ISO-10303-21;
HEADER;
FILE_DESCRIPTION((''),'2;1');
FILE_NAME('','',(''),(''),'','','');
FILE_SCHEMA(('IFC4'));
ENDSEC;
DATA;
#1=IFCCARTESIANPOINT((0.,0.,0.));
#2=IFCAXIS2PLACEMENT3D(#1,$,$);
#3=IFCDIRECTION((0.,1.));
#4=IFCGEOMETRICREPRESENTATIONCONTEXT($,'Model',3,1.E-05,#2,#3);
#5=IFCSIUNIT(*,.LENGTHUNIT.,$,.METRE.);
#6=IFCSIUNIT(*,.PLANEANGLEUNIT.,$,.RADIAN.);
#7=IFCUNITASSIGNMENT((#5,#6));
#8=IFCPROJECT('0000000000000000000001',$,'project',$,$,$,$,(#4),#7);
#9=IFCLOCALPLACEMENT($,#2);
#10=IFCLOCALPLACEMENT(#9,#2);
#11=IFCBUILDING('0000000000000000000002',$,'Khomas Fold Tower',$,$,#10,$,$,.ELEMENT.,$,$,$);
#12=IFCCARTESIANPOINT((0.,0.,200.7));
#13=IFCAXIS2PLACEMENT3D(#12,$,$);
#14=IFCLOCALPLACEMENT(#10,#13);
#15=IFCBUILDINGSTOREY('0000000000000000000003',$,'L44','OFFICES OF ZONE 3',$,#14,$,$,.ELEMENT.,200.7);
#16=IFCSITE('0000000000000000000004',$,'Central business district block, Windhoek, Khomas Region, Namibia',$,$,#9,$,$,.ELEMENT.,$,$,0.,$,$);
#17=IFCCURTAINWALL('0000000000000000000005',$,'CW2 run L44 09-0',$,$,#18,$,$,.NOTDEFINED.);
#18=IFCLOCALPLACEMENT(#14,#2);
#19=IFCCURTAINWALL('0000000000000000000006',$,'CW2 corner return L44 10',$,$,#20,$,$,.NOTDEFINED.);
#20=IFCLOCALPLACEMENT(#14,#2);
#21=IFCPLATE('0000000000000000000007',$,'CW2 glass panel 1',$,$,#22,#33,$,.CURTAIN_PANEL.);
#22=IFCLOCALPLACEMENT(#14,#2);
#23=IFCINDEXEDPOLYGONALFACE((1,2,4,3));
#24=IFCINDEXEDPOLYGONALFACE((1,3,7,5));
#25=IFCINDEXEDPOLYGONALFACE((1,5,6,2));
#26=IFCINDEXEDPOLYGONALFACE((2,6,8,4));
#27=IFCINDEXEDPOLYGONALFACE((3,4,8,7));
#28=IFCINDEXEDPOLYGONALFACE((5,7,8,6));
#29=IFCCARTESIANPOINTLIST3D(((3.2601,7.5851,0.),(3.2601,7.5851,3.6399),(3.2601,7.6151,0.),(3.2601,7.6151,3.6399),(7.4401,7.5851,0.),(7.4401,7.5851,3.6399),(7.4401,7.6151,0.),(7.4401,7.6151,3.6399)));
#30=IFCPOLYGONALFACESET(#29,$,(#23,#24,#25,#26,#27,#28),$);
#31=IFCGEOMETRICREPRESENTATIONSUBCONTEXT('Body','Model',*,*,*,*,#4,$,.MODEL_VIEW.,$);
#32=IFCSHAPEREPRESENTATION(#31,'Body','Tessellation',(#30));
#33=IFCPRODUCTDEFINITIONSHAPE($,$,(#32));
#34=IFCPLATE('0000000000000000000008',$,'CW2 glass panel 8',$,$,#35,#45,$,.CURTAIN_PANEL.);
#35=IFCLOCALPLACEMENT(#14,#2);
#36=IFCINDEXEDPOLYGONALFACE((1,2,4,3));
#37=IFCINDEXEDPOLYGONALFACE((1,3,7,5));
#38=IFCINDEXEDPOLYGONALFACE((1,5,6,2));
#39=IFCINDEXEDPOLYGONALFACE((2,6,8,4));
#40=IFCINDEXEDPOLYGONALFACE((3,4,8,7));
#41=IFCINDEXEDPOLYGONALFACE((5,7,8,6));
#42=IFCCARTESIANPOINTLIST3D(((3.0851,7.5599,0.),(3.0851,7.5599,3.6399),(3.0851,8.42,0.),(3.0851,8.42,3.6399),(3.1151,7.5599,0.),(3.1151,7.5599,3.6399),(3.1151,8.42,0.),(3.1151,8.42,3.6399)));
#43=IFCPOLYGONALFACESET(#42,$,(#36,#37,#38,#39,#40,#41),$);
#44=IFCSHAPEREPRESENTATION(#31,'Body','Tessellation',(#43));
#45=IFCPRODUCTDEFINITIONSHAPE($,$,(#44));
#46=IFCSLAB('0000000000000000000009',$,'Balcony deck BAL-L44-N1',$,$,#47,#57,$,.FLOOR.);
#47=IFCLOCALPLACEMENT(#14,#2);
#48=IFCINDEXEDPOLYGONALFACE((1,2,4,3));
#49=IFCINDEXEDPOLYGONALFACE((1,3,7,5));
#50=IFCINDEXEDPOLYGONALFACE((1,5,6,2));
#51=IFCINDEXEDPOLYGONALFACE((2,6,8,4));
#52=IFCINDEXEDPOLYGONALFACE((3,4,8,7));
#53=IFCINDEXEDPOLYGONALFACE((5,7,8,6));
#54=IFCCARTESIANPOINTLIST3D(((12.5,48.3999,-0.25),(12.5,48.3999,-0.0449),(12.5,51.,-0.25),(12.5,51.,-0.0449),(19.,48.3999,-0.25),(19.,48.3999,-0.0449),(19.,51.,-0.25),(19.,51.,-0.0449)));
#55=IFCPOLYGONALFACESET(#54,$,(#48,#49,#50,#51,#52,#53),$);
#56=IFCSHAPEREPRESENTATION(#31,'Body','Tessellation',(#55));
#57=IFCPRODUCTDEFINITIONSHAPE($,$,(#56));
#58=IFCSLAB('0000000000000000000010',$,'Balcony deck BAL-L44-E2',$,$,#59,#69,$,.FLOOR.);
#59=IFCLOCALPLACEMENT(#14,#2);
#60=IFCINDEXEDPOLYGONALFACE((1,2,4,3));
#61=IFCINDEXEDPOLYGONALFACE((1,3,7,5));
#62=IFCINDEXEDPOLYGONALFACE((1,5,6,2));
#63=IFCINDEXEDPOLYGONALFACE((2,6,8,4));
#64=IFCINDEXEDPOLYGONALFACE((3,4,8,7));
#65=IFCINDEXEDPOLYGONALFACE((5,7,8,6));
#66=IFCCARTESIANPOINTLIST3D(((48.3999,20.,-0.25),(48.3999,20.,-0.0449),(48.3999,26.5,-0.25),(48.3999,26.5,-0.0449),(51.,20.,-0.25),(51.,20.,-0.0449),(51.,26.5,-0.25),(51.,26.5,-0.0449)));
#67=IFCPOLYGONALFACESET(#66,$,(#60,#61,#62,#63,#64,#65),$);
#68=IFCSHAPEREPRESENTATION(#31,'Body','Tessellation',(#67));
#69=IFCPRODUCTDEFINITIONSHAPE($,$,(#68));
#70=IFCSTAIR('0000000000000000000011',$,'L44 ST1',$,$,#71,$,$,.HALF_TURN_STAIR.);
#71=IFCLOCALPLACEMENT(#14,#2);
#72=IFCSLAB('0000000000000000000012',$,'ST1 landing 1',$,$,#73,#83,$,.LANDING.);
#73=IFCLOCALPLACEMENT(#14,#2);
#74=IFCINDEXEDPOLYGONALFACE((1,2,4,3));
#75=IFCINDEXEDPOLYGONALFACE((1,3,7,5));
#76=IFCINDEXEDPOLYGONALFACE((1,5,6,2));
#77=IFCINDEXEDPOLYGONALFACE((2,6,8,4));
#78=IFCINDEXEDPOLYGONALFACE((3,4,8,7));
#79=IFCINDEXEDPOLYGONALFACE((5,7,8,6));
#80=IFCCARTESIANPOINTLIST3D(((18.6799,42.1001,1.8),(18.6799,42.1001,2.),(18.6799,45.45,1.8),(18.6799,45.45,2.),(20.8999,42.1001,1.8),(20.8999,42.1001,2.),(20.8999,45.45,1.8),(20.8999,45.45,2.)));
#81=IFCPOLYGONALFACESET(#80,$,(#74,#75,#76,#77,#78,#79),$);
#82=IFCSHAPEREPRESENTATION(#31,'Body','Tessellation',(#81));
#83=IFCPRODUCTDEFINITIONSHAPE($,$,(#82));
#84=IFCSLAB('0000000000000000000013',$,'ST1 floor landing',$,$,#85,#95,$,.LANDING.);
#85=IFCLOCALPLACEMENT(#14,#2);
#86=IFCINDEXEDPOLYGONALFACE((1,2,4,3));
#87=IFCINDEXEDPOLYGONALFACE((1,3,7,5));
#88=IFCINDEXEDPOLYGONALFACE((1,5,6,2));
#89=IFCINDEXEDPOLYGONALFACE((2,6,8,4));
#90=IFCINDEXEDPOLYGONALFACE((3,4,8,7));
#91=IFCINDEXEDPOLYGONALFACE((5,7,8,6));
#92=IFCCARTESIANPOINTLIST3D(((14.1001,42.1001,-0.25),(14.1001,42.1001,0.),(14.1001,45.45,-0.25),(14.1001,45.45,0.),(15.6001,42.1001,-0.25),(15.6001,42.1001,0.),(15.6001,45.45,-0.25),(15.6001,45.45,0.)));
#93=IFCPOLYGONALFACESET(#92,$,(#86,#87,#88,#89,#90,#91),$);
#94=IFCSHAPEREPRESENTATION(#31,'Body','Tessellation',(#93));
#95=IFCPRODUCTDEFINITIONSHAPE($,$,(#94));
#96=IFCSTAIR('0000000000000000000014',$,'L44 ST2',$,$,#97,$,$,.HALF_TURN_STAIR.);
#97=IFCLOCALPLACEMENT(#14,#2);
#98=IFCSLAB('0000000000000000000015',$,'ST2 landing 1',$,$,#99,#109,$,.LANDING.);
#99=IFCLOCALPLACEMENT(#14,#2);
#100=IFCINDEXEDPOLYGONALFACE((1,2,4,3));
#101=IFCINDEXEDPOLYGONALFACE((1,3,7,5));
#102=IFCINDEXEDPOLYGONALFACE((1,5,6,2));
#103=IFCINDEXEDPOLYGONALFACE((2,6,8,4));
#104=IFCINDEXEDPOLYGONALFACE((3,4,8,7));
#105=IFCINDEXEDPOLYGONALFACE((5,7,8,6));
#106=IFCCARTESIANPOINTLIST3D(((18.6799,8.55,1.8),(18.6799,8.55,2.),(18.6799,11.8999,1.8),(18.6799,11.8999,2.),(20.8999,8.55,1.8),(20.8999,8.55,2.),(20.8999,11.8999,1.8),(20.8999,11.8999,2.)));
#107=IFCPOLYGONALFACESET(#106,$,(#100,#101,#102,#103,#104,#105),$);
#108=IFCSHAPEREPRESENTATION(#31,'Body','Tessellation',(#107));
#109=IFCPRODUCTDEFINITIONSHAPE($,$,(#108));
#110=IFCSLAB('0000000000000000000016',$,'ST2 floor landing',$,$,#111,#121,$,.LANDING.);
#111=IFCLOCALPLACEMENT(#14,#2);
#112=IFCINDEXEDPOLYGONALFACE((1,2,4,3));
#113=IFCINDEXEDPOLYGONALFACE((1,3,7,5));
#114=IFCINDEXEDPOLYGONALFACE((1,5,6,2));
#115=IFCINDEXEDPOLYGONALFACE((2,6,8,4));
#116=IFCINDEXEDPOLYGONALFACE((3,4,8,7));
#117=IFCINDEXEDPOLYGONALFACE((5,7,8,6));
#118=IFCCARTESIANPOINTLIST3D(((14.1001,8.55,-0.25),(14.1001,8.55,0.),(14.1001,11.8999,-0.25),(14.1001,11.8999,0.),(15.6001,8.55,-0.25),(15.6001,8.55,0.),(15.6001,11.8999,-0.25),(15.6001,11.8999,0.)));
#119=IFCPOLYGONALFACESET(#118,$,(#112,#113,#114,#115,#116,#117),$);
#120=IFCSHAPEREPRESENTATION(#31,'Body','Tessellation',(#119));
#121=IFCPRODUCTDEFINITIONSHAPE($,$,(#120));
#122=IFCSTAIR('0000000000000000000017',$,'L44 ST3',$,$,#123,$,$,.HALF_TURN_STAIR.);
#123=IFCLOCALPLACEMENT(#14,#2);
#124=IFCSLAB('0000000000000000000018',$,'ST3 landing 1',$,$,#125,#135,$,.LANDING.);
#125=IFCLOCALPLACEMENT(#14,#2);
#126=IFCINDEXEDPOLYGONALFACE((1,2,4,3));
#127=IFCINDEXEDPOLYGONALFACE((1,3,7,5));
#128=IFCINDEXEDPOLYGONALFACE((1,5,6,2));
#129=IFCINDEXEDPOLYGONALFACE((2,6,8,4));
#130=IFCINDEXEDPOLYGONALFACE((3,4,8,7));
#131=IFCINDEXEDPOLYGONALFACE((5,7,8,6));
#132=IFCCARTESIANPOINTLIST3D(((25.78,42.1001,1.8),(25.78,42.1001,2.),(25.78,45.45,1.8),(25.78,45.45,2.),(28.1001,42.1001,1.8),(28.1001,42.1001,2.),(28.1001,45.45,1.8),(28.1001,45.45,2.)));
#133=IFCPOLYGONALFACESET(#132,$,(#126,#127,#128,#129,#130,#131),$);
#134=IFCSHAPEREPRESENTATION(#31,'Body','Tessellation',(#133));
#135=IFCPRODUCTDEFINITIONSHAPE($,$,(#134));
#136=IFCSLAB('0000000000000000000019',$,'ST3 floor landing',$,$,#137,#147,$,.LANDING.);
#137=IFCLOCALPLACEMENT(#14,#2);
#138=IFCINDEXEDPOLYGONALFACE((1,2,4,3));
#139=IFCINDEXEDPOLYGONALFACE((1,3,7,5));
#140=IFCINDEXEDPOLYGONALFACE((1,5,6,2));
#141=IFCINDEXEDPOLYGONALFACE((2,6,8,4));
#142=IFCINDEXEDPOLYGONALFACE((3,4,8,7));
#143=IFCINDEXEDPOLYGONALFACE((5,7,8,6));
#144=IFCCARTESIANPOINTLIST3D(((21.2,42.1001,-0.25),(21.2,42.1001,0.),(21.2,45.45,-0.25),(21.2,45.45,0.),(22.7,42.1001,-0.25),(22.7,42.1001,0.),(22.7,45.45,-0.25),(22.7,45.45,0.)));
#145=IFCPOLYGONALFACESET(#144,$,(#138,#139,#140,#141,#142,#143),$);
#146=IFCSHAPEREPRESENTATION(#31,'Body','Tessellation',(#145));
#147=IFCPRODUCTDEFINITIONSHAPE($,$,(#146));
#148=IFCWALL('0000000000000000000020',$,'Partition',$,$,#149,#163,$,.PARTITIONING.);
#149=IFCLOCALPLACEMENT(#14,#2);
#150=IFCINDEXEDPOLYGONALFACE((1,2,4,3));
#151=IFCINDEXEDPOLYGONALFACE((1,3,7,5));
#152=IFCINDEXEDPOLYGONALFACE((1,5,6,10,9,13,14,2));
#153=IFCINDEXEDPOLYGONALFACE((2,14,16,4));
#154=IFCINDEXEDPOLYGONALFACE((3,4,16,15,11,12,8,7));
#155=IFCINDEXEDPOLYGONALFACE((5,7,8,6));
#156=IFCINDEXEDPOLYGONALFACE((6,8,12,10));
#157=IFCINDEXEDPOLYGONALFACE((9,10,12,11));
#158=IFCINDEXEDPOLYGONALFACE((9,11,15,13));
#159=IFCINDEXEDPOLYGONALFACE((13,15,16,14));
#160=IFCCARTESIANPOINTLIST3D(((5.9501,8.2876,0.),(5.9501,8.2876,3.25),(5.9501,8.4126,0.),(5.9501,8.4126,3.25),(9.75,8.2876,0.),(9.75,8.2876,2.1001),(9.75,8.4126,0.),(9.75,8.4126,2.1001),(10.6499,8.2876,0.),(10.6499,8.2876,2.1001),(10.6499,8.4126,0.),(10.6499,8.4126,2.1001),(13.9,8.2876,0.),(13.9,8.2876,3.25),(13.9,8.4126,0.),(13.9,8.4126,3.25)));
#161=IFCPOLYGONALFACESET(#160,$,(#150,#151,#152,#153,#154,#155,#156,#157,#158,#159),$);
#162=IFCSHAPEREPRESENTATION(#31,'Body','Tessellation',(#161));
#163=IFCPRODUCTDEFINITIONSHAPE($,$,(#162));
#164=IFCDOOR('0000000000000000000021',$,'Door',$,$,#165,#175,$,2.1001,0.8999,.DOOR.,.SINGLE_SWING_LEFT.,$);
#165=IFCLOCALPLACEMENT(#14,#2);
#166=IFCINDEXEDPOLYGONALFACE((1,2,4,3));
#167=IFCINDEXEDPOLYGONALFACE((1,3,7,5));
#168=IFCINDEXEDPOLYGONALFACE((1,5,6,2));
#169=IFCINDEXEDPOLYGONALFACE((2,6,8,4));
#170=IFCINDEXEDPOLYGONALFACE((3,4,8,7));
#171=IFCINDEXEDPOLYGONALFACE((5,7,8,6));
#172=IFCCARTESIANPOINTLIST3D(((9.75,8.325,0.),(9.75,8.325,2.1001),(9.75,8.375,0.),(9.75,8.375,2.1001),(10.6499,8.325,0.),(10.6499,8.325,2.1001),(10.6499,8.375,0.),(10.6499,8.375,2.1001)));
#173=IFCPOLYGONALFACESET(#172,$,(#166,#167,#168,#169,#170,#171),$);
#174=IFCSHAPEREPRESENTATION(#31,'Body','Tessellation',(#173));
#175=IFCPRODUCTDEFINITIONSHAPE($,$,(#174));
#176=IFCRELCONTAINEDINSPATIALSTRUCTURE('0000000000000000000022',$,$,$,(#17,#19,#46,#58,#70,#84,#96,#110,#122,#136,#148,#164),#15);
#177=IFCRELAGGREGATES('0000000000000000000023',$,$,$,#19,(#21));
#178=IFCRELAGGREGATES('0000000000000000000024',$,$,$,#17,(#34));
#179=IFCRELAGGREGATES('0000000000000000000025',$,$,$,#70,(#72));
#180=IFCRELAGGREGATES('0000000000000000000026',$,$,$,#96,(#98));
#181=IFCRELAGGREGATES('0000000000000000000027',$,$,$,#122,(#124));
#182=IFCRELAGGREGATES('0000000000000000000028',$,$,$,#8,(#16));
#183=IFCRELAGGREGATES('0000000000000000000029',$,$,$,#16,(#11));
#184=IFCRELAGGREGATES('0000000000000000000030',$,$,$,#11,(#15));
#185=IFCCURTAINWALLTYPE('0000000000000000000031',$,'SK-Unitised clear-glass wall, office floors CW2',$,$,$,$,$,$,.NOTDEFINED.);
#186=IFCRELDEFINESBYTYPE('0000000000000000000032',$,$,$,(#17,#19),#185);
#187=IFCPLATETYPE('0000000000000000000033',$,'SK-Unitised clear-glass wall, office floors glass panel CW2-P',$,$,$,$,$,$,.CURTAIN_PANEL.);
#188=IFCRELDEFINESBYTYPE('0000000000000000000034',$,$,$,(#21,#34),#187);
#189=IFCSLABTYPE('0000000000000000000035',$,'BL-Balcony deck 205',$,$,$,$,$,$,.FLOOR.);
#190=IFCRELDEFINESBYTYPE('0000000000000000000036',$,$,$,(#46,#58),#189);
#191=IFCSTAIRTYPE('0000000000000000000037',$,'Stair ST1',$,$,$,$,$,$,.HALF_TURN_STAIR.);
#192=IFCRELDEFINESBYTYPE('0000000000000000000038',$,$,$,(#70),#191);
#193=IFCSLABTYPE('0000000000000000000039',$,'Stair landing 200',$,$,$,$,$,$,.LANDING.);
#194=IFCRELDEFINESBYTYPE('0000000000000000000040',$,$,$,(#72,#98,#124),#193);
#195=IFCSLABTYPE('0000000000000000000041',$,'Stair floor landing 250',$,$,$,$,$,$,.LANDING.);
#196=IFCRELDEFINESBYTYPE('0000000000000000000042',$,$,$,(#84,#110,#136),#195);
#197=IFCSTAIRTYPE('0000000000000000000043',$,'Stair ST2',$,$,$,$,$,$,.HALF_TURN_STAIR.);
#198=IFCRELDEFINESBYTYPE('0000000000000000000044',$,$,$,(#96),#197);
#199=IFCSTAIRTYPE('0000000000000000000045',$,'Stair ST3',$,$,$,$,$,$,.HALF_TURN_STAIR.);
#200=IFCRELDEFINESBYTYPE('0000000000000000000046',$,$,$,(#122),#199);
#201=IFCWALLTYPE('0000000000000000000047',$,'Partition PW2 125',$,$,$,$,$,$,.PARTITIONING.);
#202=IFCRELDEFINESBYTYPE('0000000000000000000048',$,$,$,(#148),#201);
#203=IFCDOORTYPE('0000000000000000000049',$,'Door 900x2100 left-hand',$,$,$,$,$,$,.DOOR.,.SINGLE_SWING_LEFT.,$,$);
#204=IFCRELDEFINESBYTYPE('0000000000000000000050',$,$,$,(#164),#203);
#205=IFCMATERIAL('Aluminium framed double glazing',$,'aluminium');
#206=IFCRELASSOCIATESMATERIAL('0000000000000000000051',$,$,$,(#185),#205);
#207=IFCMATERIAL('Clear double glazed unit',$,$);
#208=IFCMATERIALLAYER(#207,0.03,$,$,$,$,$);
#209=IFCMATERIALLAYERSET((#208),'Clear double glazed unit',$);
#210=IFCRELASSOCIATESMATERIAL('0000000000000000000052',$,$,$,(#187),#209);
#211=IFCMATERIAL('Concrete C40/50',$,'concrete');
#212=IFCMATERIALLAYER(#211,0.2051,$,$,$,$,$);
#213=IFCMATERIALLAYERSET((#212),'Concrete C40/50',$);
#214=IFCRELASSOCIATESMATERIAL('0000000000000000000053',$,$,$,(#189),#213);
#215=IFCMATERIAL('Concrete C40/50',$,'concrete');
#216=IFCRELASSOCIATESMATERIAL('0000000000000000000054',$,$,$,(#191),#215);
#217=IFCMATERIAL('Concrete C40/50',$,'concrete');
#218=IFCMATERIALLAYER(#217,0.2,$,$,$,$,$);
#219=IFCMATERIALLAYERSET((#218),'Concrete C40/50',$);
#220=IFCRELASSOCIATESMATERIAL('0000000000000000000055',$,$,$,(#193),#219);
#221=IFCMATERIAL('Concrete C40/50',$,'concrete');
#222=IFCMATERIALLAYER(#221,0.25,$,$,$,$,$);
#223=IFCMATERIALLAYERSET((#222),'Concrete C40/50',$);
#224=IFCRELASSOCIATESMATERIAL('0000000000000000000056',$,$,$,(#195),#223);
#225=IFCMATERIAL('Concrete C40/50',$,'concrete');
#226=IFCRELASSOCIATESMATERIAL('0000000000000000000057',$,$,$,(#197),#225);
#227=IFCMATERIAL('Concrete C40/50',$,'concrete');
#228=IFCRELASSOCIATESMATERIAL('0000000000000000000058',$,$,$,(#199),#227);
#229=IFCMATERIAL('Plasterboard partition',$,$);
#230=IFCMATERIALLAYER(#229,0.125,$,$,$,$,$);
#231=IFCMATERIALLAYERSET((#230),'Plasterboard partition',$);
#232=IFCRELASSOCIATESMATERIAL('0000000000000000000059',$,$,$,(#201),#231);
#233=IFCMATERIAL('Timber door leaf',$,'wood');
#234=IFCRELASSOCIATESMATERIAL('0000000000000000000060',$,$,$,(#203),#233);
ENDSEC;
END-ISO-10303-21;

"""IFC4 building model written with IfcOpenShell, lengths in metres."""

from ifc_helpers import new_model, si_unit, direction, frame, frame_2d, origin, origin_2d, place, context, subcontext, project, spatial, polyline, rectangle, outline, extrude, source, transform, mapped, material, layer, layer_set, type_object, element, fill, aggregate, save


model = new_model("IFC4")

# Units and contexts
model_context = context("Model", 3, precision=1e-05, world=origin(), true_north=direction((0.0, 1.0)))
body_context = subcontext(model_context, "Body", "Model", "MODEL_VIEW")
ifc_project = project(units=[si_unit("LENGTHUNIT", "METRE"), si_unit("PLANEANGLEUNIT", "RADIAN")], contexts=[model_context])

# Site, building, storey
site_placement = place(None, origin())
site = spatial("IfcSite", under=ifc_project, at=site_placement, Name="Central business district block, Windhoek, Khomas Region, Namibia", CompositionType="ELEMENT", RefElevation=0.0)
building_placement = place(site_placement, origin())
building = spatial("IfcBuilding", under=site, at=building_placement, Name="Khomas Fold Tower", CompositionType="ELEMENT")
storey_placement = place(building_placement, frame((0.0, 0.0, 200.7)))
storey = spatial("IfcBuildingStorey", under=building, at=storey_placement, Name="L44", Description="OFFICES OF ZONE 3", CompositionType="ELEMENT", Elevation=200.7)

# Curtain walls
ifc_material_1 = material(Name="Aluminium framed double glazing", Category="aluminium")
curtain_wall_type = type_object("IfcCurtainWallType", Name="SK-Unitised clear-glass wall, office floors CW2", PredefinedType="NOTDEFINED", material=ifc_material_1)
curtain_wall_1_placement = place(storey_placement, origin())
curtain_wall_1 = element("IfcCurtainWall", 1, at=curtain_wall_1_placement, inside=storey, type_object=curtain_wall_type, Name="CW2 run L44 09-0", PredefinedType="NOTDEFINED")
curtain_wall_2_placement = place(storey_placement, origin())
curtain_wall_2 = element("IfcCurtainWall", 2, at=curtain_wall_2_placement, inside=storey, type_object=curtain_wall_type, Name="CW2 corner return L44 10", PredefinedType="NOTDEFINED")

# Plates
ifc_material_2 = material(Name="Clear double glazed unit")
ifc_layer_1 = layer(ifc_material_2, 0.03)
ifc_layer_set_1 = layer_set([ifc_layer_1], Name="Clear double glazed unit")
plate_type_1 = type_object("IfcPlateType", Name="SK-Unitised clear-glass wall, office floors glass panel CW2-P", PredefinedType="CURTAIN_PANEL", material=ifc_layer_set_1)
shared_shape_1 = source(origin(), body_context, "Body", "SweptSolid", [
    extrude(rectangle(XDim=4.1799, YDim=0.03, at=origin_2d()), origin(), (0.0, 0.0, 1.0), 3.6399),
])
plate_1_placement = place(storey_placement, frame((5.3501, 7.6001, 0.0), z_axis=(0.0, 0.0, 1.0), x_axis=(1.0, 0.0, 0.0)))
plate_1 = element("IfcPlate", 3, at=plate_1_placement, type_object=plate_type_1, Name="CW2 glass panel 1", PredefinedType="CURTAIN_PANEL", context=body_context, shape_type="MappedRepresentation", body=[
    mapped(shared_shape_1, transform((0.0, 0.0, 0.0))),
])
aggregate(curtain_wall_2, [plate_1])
shared_shape_2 = source(origin(), body_context, "Body", "SweptSolid", [
    extrude(rectangle(XDim=0.8601, YDim=0.03, at=origin_2d()), origin(), (0.0, 0.0, 1.0), 3.6399),
])
plate_2_placement = place(storey_placement, frame((3.1001, 7.99, 0.0), z_axis=(0.0, 0.0, 1.0), x_axis=(0.0, -1.0, 0.0)))
plate_2 = element("IfcPlate", 4, at=plate_2_placement, type_object=plate_type_1, Name="CW2 glass panel 8", PredefinedType="CURTAIN_PANEL", context=body_context, shape_type="MappedRepresentation", body=[
    mapped(shared_shape_2, transform((0.0, 0.0, 0.0))),
])
aggregate(curtain_wall_1, [plate_2])

# Slabs
ifc_material_3 = material(Name="Concrete C40/50", Category="concrete")
ifc_layer_2 = layer(ifc_material_3, 0.2051)
ifc_layer_set_2 = layer_set([ifc_layer_2], Name="Concrete C40/50")
slab_type_1 = type_object("IfcSlabType", Name="BL-Balcony deck 205", PredefinedType="FLOOR", material=ifc_layer_set_2)
shared_shape_3 = source(origin(), body_context, "Body", "SweptSolid", [
    extrude(outline(polyline([(12.5, 48.3999), (19.0, 48.3999), (19.0, 51.0), (12.5, 51.0), (12.5, 48.3999)])), origin(), (0.0, 0.0, 1.0), 0.2051),
])
slab_1_placement = place(storey_placement, frame((0.0, 0.0, -0.25)))
element("IfcSlab", 5, at=slab_1_placement, inside=storey, type_object=slab_type_1, Name="Balcony deck BAL-L44-N1", PredefinedType="FLOOR", context=body_context, shape_type="MappedRepresentation", body=[
    mapped(shared_shape_3, transform((0.0, 0.0, 0.0))),
])
shared_shape_4 = source(origin(), body_context, "Body", "SweptSolid", [
    extrude(outline(polyline([(48.3999, 20.0), (51.0, 20.0), (51.0, 26.5), (48.3999, 26.5), (48.3999, 20.0)])), origin(), (0.0, 0.0, 1.0), 0.2051),
])
slab_2_placement = place(storey_placement, frame((0.0, 0.0, -0.25)))
element("IfcSlab", 6, at=slab_2_placement, inside=storey, type_object=slab_type_1, Name="Balcony deck BAL-L44-E2", PredefinedType="FLOOR", context=body_context, shape_type="MappedRepresentation", body=[
    mapped(shared_shape_4, transform((0.0, 0.0, 0.0))),
])

# Stair, slab
ifc_material_4 = material(Name="Concrete C40/50", Category="concrete")
stair_type_1 = type_object("IfcStairType", Name="Stair ST1", PredefinedType="HALF_TURN_STAIR", material=ifc_material_4)
stair_1_placement = place(storey_placement, origin())
stair_1 = element("IfcStair", 7, at=stair_1_placement, inside=storey, type_object=stair_type_1, Name="L44 ST1", PredefinedType="HALF_TURN_STAIR")
ifc_material_5 = material(Name="Concrete C40/50", Category="concrete")
ifc_layer_3 = layer(ifc_material_5, 0.2)
ifc_layer_set_3 = layer_set([ifc_layer_3], Name="Concrete C40/50")
slab_type_2 = type_object("IfcSlabType", Name="Stair landing 200", PredefinedType="LANDING", material=ifc_layer_set_3)
shared_shape_5 = source(origin(), body_context, "Body", "SweptSolid", [
    extrude(outline(polyline([(18.6799, 42.1001), (20.8999, 42.1001), (20.8999, 45.45), (18.6799, 45.45), (18.6799, 42.1001)])), origin(), (0.0, 0.0, 1.0), 0.2),
])
slab_3_placement = place(storey_placement, frame((0.0, 0.0, 1.8)))
slab_3 = element("IfcSlab", 8, at=slab_3_placement, type_object=slab_type_2, Name="ST1 landing 1", PredefinedType="LANDING", context=body_context, shape_type="MappedRepresentation", body=[
    mapped(shared_shape_5, transform((0.0, 0.0, 0.0))),
])
aggregate(stair_1, [slab_3])

# Slab
ifc_material_6 = material(Name="Concrete C40/50", Category="concrete")
ifc_layer_4 = layer(ifc_material_6, 0.25)
ifc_layer_set_4 = layer_set([ifc_layer_4], Name="Concrete C40/50")
slab_type_3 = type_object("IfcSlabType", Name="Stair floor landing 250", PredefinedType="LANDING", material=ifc_layer_set_4)
shared_shape_6 = source(origin(), body_context, "Body", "SweptSolid", [
    extrude(outline(polyline([(15.6001, 42.1001), (14.1001, 42.1001), (14.1001, 45.45), (15.6001, 45.45), (15.6001, 42.1001)])), origin(), (0.0, 0.0, 1.0), 0.25),
])
slab_4_placement = place(storey_placement, frame((0.0, 0.0, -0.25)))
element("IfcSlab", 9, at=slab_4_placement, inside=storey, type_object=slab_type_3, Name="ST1 floor landing", PredefinedType="LANDING", context=body_context, shape_type="MappedRepresentation", body=[
    mapped(shared_shape_6, transform((0.0, 0.0, 0.0))),
])

# Stair, slab
ifc_material_7 = material(Name="Concrete C40/50", Category="concrete")
stair_type_2 = type_object("IfcStairType", Name="Stair ST2", PredefinedType="HALF_TURN_STAIR", material=ifc_material_7)
stair_2_placement = place(storey_placement, origin())
stair_2 = element("IfcStair", 10, at=stair_2_placement, inside=storey, type_object=stair_type_2, Name="L44 ST2", PredefinedType="HALF_TURN_STAIR")
shared_shape_7 = source(origin(), body_context, "Body", "SweptSolid", [
    extrude(outline(polyline([(18.6799, 8.55), (20.8999, 8.55), (20.8999, 11.8999), (18.6799, 11.8999), (18.6799, 8.55)])), origin(), (0.0, 0.0, 1.0), 0.2),
])
slab_5_placement = place(storey_placement, frame((0.0, 0.0, 1.8)))
slab_5 = element("IfcSlab", 11, at=slab_5_placement, type_object=slab_type_2, Name="ST2 landing 1", PredefinedType="LANDING", context=body_context, shape_type="MappedRepresentation", body=[
    mapped(shared_shape_7, transform((0.0, 0.0, 0.0))),
])
aggregate(stair_2, [slab_5])

# Slab
shared_shape_8 = source(origin(), body_context, "Body", "SweptSolid", [
    extrude(outline(polyline([(15.6001, 8.55), (14.1001, 8.55), (14.1001, 11.8999), (15.6001, 11.8999), (15.6001, 8.55)])), origin(), (0.0, 0.0, 1.0), 0.25),
])
slab_6_placement = place(storey_placement, frame((0.0, 0.0, -0.25)))
element("IfcSlab", 12, at=slab_6_placement, inside=storey, type_object=slab_type_3, Name="ST2 floor landing", PredefinedType="LANDING", context=body_context, shape_type="MappedRepresentation", body=[
    mapped(shared_shape_8, transform((0.0, 0.0, 0.0))),
])

# Stair, slab
ifc_material_8 = material(Name="Concrete C40/50", Category="concrete")
stair_type_3 = type_object("IfcStairType", Name="Stair ST3", PredefinedType="HALF_TURN_STAIR", material=ifc_material_8)
stair_3_placement = place(storey_placement, origin())
stair_3 = element("IfcStair", 13, at=stair_3_placement, inside=storey, type_object=stair_type_3, Name="L44 ST3", PredefinedType="HALF_TURN_STAIR")
shared_shape_9 = source(origin(), body_context, "Body", "SweptSolid", [
    extrude(outline(polyline([(25.78, 42.1001), (28.1001, 42.1001), (28.1001, 45.45), (25.78, 45.45), (25.78, 42.1001)])), origin(), (0.0, 0.0, 1.0), 0.2),
])
slab_7_placement = place(storey_placement, frame((0.0, 0.0, 1.8)))
slab_7 = element("IfcSlab", 14, at=slab_7_placement, type_object=slab_type_2, Name="ST3 landing 1", PredefinedType="LANDING", context=body_context, shape_type="MappedRepresentation", body=[
    mapped(shared_shape_9, transform((0.0, 0.0, 0.0))),
])
aggregate(stair_3, [slab_7])

# Slab
shared_shape_10 = source(origin(), body_context, "Body", "SweptSolid", [
    extrude(outline(polyline([(22.7, 42.1001), (21.2, 42.1001), (21.2, 45.45), (22.7, 45.45), (22.7, 42.1001)])), origin(), (0.0, 0.0, 1.0), 0.25),
])
slab_8_placement = place(storey_placement, frame((0.0, 0.0, -0.25)))
element("IfcSlab", 15, at=slab_8_placement, inside=storey, type_object=slab_type_3, Name="ST3 floor landing", PredefinedType="LANDING", context=body_context, shape_type="MappedRepresentation", body=[
    mapped(shared_shape_10, transform((0.0, 0.0, 0.0))),
])

# Wall, opening, door
ifc_material_9 = material(Name="Plasterboard partition")
ifc_layer_5 = layer(ifc_material_9, 0.125)
ifc_layer_set_5 = layer_set([ifc_layer_5], Name="Plasterboard partition")
wall_type = type_object("IfcWallType", Name="Partition PW2 125", PredefinedType="PARTITIONING", material=ifc_layer_set_5)
shared_shape_11 = source(origin(), body_context, "Body", "SweptSolid", [
    extrude(rectangle(XDim=7.95, YDim=0.125, at=frame_2d((3.9751, 0.0))), origin(), (0.0, 0.0, 1.0), 3.25),
])
wall_1_placement = place(storey_placement, frame((5.95, 8.3501, 0.0), z_axis=(0.0, 0.0, 1.0), x_axis=(1.0, 0.0, 0.0)))
wall_1 = element("IfcWall", 16, at=wall_1_placement, inside=storey, type_object=wall_type, Name="Partition", PredefinedType="PARTITIONING", context=body_context, shape_type="MappedRepresentation", body=[
    mapped(shared_shape_11, transform((0.0, 0.0, 0.0))),
])
shared_shape_12 = source(origin(), body_context, "Body", "SweptSolid", [
    extrude(rectangle(XDim=0.8999, YDim=2.1001, at=frame_2d((0.45, 1.05))), frame((0.0, 0.0725, 0.0), z_axis=(0.0, -1.0, 0.0), x_axis=(1.0, 0.0, 0.0)), (0.0, 0.0, 1.0), 0.145),
])
opening_placement = place(wall_1_placement, frame((3.8, 0.0, 0.0)))
opening = element("IfcOpeningElement", 17, at=opening_placement, cuts=wall_1, PredefinedType="OPENING", context=body_context, shape_type="MappedRepresentation", body=[
    mapped(shared_shape_12, transform((0.0, 0.0, 0.0))),
])
ifc_material_10 = material(Name="Timber door leaf", Category="wood")
door_type = type_object("IfcDoorType", Name="Door 900x2100 left-hand", OperationType="SINGLE_SWING_LEFT", PredefinedType="DOOR", material=ifc_material_10)
shared_shape_13 = source(origin(), body_context, "Body", "SweptSolid", [
    extrude(rectangle(XDim=0.8999, YDim=2.1001, at=frame_2d((0.45, 1.05))), frame((0.0, 0.0249, 0.0), z_axis=(0.0, -1.0, 0.0), x_axis=(1.0, 0.0, 0.0)), (0.0, 0.0, 1.0), 0.05),
])
door_placement = place(opening_placement, origin())
door = element("IfcDoor", 18, at=door_placement, inside=storey, type_object=door_type, Name="Door", OperationType="SINGLE_SWING_LEFT", OverallHeight=2.1001, OverallWidth=0.8999, PredefinedType="DOOR", context=body_context, shape_type="MappedRepresentation", body=[
    mapped(shared_shape_13, transform((0.0, 0.0, 0.0))),
])
fill(opening, door)

save(model, "model.ifc")
